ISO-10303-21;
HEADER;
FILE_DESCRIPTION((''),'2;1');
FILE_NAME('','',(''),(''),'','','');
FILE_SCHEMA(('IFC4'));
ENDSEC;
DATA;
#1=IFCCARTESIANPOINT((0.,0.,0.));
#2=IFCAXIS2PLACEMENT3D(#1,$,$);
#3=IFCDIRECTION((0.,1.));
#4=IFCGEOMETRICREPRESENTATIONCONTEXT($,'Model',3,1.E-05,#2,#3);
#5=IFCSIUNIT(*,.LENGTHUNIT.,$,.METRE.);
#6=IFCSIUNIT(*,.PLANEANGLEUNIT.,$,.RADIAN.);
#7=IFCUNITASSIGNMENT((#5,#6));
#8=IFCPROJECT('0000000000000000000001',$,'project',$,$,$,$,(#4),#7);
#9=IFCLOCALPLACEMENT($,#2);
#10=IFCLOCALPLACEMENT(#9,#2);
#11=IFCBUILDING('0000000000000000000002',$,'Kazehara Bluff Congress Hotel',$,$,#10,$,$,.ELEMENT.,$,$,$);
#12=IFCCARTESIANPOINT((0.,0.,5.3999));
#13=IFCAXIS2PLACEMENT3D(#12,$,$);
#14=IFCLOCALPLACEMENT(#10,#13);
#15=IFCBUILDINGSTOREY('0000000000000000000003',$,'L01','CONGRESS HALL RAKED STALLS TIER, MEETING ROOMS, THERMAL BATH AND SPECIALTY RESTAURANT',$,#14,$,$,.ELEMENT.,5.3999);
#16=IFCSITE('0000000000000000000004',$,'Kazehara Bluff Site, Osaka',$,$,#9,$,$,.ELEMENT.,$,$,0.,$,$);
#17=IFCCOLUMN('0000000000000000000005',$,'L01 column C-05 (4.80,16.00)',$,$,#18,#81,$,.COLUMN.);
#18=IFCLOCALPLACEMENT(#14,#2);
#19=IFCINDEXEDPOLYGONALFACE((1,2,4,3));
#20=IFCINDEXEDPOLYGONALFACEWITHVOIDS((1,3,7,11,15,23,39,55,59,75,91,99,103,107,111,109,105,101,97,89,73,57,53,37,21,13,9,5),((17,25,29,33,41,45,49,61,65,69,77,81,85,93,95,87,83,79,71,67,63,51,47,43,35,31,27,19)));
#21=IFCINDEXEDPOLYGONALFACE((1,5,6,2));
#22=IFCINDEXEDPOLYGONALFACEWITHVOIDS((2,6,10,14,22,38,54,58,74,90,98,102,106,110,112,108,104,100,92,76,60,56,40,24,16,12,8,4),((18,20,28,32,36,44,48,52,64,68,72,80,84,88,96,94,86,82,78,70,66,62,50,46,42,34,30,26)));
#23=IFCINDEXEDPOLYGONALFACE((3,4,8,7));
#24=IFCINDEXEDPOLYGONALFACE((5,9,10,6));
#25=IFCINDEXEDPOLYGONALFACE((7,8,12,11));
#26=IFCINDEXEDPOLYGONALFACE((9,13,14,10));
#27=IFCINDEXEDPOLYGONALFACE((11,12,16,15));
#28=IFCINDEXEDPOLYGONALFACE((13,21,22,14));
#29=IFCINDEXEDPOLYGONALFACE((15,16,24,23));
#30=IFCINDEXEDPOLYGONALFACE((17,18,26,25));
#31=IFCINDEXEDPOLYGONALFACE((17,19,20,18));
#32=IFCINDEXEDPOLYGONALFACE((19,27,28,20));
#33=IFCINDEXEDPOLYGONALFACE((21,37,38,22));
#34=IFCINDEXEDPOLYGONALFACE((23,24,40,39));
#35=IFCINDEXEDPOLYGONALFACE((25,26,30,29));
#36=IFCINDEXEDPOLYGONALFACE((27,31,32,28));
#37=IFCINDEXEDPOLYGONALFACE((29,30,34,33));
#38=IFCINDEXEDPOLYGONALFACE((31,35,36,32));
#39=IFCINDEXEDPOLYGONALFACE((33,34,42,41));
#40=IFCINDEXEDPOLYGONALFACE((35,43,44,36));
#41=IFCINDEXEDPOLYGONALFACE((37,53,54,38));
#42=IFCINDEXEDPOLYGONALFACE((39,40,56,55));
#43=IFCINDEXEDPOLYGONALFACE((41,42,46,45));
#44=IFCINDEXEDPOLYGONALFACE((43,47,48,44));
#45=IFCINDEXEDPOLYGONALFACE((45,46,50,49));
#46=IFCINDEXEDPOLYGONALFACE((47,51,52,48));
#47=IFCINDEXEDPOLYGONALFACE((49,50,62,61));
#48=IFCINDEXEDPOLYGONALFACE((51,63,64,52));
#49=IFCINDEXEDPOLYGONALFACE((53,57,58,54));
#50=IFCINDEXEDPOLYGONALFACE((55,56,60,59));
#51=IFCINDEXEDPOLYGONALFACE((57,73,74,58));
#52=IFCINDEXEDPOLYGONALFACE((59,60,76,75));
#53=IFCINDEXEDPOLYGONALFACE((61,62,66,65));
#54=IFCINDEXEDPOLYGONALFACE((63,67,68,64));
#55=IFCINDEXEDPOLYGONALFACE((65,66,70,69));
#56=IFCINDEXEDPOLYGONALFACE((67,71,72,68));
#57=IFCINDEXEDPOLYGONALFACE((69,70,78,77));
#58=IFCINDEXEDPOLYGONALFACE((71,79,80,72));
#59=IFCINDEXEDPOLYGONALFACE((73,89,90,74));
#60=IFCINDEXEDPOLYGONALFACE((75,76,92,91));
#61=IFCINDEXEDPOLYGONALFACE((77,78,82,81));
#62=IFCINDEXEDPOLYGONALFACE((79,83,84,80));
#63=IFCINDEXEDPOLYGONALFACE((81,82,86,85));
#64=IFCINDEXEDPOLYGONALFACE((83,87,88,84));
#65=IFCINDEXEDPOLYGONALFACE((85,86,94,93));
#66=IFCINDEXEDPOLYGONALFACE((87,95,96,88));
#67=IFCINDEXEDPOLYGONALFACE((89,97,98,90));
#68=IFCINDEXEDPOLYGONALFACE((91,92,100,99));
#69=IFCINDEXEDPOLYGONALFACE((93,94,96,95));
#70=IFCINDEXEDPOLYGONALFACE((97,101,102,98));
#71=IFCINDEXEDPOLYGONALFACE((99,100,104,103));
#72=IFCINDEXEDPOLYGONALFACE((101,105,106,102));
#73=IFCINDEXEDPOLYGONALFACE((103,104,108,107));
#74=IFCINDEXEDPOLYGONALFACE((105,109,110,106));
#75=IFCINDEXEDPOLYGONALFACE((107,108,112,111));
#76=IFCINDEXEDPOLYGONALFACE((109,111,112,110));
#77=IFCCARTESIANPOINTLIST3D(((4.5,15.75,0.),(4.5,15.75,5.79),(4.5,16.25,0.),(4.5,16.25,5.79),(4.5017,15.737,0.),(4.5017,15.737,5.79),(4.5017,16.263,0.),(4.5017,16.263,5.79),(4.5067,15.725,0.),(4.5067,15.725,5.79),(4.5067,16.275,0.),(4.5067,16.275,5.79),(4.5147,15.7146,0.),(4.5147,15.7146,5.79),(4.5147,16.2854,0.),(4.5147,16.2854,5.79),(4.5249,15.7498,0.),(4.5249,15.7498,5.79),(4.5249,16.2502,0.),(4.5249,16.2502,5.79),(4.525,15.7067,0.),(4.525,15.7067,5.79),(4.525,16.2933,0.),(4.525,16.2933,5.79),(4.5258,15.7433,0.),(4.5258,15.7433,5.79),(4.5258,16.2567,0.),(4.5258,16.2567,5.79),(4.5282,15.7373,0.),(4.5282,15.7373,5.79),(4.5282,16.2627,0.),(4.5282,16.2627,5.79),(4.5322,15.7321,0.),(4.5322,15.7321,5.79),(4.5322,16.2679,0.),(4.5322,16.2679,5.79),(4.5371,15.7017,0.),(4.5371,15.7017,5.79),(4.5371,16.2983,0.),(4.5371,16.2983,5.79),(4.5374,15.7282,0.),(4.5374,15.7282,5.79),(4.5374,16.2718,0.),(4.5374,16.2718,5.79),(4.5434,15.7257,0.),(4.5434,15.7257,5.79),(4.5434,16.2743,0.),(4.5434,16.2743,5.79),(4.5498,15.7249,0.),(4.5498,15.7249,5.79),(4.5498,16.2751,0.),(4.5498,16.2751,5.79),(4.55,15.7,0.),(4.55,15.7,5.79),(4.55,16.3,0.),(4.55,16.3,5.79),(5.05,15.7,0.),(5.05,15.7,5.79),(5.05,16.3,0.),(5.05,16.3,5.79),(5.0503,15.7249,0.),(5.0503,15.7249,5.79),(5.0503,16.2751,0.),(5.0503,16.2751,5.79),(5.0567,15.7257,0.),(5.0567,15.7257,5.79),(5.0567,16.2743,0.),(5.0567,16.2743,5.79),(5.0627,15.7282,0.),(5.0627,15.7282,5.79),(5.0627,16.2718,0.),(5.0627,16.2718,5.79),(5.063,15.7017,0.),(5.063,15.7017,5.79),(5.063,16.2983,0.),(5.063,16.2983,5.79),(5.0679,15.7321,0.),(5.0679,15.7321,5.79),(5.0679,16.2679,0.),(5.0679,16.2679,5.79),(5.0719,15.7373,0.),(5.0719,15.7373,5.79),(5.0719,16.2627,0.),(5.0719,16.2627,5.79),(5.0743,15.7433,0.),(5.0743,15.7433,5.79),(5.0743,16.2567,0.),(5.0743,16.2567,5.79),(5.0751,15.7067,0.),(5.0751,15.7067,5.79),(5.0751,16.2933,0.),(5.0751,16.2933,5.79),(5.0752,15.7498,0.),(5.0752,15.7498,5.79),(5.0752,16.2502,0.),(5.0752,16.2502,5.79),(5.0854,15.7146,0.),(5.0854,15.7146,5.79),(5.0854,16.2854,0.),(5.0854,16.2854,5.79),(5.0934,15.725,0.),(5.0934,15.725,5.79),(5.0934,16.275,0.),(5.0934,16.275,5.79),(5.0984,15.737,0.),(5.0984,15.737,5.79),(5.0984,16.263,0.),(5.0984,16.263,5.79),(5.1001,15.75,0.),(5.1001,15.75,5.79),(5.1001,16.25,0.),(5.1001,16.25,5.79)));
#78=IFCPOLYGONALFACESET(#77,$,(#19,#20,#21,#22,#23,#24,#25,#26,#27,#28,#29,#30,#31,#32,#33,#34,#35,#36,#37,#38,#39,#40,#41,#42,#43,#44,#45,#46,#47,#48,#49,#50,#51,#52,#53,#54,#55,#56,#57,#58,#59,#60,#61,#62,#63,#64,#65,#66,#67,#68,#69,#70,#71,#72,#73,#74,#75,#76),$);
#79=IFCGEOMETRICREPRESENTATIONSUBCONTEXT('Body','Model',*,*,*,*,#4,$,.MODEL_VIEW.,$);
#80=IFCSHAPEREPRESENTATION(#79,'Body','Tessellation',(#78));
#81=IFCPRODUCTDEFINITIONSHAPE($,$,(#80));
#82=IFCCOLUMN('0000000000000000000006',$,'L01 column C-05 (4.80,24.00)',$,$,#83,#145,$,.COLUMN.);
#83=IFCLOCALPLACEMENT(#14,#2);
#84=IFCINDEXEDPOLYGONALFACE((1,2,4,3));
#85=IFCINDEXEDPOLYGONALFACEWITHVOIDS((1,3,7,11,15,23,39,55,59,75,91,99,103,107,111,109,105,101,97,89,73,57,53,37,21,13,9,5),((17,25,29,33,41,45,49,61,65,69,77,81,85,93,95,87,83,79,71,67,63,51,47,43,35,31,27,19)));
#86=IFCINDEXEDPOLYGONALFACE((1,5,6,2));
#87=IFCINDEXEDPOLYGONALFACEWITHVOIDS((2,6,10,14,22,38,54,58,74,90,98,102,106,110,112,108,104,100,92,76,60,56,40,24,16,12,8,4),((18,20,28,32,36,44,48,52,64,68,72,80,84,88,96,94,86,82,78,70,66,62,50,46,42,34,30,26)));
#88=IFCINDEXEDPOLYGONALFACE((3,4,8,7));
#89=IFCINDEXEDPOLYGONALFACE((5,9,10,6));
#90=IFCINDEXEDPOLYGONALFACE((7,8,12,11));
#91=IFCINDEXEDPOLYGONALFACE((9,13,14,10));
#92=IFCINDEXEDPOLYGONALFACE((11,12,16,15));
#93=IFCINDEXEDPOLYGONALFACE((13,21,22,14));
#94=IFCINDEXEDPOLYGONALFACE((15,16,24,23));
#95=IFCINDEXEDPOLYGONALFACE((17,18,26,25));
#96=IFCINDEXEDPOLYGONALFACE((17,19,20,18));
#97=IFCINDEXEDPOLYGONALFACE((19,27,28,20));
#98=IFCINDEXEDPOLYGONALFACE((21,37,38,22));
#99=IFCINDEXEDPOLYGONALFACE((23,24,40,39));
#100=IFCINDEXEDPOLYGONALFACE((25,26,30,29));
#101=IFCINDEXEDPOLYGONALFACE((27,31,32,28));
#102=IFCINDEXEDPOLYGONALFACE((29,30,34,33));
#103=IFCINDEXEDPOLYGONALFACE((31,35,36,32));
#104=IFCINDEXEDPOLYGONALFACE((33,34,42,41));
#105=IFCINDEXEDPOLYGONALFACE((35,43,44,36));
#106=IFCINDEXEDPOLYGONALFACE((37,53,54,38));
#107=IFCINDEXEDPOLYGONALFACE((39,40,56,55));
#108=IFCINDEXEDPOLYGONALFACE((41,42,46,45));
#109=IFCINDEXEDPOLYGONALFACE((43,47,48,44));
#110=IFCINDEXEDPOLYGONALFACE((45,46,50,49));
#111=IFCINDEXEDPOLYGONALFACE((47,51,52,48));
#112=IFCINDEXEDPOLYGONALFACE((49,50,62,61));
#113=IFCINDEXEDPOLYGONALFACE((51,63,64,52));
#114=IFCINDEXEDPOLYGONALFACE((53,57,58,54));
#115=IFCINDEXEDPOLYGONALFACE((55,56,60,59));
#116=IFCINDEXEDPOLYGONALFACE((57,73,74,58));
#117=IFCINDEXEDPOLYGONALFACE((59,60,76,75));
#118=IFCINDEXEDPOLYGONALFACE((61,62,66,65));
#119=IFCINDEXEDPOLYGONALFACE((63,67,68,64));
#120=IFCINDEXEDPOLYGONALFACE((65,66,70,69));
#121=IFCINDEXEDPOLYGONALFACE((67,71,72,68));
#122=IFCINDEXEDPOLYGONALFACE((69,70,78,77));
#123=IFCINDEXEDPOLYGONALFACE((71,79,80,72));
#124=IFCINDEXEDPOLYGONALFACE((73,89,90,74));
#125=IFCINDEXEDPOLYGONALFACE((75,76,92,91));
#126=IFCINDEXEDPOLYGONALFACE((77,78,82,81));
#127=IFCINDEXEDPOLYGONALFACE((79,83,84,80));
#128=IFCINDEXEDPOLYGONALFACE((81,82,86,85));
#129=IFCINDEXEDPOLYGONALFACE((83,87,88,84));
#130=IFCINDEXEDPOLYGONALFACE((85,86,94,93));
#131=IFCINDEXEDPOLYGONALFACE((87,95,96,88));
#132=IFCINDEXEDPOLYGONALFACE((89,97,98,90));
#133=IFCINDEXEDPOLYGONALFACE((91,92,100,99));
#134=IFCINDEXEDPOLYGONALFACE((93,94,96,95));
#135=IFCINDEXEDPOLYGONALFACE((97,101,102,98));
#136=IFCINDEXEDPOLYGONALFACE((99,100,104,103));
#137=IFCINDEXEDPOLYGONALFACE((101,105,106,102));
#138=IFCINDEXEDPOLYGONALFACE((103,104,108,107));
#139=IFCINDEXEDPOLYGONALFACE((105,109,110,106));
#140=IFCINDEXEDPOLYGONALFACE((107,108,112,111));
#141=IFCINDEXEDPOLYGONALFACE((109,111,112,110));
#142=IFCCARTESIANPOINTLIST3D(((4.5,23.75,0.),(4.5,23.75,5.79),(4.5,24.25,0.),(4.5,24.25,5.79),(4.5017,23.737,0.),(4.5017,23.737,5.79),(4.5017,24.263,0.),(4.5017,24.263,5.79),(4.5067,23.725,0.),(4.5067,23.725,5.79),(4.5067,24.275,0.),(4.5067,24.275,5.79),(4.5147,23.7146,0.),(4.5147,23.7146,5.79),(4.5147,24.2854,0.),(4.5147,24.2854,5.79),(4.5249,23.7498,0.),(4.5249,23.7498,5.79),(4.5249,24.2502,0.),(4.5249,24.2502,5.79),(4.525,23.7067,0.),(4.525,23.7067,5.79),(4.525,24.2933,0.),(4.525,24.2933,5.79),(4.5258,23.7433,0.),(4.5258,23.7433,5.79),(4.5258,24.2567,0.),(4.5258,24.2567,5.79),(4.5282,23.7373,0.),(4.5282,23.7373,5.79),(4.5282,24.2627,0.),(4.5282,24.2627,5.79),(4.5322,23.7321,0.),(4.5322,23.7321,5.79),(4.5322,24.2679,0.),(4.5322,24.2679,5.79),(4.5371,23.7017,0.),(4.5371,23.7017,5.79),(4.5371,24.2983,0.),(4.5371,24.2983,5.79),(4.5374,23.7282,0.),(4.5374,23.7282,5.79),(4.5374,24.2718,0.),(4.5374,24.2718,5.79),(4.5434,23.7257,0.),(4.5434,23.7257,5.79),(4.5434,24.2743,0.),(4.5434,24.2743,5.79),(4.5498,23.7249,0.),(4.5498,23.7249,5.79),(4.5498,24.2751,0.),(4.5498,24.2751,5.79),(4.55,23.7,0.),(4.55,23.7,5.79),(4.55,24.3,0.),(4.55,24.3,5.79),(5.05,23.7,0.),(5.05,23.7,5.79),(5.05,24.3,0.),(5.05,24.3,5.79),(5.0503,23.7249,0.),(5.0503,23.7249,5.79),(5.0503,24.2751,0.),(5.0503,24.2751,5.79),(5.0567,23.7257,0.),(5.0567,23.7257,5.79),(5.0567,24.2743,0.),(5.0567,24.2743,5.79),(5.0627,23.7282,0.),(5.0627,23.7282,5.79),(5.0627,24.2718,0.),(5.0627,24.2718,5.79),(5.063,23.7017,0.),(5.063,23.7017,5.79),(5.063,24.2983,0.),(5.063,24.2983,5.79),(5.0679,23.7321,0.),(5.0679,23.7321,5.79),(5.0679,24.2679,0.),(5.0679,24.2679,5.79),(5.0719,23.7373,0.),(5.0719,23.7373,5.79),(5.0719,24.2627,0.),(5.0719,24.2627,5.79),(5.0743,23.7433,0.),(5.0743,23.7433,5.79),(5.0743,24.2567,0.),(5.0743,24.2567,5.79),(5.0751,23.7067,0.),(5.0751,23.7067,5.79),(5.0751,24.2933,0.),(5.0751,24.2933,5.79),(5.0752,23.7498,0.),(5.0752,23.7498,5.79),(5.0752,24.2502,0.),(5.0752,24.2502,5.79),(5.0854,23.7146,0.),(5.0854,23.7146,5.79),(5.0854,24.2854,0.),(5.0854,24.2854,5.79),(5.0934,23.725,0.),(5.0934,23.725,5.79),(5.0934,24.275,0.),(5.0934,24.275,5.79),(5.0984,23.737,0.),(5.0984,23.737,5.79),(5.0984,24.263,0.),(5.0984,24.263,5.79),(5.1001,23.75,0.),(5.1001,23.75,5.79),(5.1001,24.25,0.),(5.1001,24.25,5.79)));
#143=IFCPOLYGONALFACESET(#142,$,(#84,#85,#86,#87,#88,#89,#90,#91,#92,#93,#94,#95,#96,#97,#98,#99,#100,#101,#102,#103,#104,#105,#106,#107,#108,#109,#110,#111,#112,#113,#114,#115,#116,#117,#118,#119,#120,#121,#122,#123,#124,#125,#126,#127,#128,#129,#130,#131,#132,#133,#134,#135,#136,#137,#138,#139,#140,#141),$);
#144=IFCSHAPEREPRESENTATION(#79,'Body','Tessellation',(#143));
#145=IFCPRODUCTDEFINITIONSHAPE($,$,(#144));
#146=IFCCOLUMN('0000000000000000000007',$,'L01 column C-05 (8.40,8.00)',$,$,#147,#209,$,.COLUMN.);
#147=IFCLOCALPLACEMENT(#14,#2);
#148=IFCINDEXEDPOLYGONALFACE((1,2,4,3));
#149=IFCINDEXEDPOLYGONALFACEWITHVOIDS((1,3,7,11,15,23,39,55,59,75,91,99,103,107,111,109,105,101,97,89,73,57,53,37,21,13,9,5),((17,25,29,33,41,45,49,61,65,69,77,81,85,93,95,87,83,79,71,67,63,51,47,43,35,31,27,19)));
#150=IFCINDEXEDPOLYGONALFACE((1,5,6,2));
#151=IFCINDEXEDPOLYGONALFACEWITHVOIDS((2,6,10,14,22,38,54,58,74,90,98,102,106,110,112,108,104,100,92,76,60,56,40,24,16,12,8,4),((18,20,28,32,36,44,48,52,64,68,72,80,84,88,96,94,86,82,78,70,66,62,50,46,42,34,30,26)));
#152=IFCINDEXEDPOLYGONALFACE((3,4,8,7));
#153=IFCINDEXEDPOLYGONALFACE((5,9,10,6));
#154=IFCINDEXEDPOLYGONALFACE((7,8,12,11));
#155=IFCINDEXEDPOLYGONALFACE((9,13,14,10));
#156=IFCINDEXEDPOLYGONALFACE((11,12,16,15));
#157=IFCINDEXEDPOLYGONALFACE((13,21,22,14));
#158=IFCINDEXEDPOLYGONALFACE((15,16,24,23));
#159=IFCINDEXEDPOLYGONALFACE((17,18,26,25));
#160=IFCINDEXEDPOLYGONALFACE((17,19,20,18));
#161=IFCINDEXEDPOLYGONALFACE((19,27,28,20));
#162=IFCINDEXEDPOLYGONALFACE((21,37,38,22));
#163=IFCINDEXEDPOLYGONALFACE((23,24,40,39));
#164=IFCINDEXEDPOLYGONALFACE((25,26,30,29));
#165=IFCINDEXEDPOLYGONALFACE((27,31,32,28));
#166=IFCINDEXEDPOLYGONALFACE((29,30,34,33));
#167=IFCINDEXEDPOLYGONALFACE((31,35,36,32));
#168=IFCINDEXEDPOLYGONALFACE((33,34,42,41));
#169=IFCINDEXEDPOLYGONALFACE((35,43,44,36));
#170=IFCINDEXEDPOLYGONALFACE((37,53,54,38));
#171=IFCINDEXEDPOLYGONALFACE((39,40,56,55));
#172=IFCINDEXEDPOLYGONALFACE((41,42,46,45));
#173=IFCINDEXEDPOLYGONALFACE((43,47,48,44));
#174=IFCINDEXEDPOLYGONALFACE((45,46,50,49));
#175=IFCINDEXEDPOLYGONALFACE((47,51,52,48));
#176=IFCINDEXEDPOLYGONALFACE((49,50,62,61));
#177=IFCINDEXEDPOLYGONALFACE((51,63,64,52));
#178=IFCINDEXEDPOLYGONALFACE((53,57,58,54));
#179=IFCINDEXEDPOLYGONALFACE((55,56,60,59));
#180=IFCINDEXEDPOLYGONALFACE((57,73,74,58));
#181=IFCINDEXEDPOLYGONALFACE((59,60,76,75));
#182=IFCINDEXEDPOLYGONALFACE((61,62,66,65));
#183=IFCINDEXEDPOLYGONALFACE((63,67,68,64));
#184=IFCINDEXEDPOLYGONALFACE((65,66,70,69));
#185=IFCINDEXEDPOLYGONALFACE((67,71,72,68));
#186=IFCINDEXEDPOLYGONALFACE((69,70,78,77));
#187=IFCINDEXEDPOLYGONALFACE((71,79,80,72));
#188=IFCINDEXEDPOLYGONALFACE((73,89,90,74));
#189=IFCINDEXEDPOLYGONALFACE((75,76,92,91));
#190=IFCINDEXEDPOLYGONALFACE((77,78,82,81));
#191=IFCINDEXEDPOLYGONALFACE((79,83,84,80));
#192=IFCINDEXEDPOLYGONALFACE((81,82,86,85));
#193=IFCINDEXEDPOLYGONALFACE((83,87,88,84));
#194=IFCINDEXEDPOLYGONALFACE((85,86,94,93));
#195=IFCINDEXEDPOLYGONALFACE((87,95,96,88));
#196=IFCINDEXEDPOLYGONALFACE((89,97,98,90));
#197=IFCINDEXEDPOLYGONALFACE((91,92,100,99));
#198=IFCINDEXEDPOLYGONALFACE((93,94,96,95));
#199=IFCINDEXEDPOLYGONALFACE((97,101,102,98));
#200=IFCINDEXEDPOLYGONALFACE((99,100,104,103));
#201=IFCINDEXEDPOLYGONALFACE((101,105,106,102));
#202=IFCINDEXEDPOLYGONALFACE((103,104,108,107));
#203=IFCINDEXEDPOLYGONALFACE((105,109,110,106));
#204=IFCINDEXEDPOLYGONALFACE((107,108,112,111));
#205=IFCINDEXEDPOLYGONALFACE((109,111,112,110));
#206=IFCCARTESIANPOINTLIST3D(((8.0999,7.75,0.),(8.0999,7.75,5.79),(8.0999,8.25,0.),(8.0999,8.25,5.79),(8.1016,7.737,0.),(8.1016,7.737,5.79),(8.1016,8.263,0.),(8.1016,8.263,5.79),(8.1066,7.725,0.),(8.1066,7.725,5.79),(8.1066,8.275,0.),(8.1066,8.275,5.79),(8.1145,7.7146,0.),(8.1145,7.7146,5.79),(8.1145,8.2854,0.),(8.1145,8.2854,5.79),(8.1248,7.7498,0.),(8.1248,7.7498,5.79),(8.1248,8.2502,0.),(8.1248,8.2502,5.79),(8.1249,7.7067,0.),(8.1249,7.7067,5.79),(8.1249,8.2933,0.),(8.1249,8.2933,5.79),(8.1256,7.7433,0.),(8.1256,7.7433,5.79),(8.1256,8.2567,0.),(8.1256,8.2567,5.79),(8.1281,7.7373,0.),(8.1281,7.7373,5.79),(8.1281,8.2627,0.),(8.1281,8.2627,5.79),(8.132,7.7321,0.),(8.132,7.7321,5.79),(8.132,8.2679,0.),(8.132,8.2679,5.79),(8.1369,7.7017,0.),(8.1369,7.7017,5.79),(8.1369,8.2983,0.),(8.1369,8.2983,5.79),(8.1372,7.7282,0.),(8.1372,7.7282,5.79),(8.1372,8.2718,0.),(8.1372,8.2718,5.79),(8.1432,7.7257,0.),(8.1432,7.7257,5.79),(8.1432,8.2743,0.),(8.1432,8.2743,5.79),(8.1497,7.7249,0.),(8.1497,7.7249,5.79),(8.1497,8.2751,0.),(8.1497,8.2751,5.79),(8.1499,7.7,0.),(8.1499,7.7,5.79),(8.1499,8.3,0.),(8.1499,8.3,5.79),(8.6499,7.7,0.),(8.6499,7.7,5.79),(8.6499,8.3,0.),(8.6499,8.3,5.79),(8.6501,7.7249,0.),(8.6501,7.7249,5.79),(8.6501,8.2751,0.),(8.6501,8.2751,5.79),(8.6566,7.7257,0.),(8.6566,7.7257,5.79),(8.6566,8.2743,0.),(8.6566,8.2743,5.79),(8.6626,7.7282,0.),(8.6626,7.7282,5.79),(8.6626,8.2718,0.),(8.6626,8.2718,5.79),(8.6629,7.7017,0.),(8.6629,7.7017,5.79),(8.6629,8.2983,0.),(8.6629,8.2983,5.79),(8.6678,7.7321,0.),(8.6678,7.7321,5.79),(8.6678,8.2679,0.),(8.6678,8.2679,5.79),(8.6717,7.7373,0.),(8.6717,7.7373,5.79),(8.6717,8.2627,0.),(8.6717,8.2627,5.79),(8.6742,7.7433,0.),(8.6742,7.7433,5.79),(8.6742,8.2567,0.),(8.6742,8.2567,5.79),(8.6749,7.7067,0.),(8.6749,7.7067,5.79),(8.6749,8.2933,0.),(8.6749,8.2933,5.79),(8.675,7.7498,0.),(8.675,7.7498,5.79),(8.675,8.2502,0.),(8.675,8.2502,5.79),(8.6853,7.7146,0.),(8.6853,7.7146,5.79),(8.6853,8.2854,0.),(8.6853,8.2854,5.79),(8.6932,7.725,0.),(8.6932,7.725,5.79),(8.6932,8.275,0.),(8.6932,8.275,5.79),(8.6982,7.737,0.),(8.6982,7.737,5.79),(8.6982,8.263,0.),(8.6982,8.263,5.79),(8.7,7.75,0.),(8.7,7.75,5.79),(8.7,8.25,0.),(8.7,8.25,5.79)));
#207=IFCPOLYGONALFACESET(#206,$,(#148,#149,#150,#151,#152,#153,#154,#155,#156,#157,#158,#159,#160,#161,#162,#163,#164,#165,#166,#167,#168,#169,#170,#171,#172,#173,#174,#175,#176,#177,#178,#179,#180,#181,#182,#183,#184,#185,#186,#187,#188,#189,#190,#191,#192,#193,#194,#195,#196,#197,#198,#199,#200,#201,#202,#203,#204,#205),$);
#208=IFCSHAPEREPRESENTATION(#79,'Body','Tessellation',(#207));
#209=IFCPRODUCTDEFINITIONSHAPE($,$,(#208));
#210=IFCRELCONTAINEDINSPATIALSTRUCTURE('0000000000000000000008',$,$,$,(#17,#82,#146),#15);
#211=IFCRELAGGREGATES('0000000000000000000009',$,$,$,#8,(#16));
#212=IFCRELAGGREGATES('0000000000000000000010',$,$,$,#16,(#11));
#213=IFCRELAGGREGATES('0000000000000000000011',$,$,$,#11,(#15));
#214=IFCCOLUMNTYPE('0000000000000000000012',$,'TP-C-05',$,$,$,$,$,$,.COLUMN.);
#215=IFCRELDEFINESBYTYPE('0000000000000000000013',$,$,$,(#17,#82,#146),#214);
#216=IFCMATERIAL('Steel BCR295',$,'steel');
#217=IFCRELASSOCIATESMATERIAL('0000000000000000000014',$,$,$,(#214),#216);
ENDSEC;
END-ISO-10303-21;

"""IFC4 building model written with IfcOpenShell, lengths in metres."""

from ifc_helpers import new_model, si_unit, direction, frame, origin, origin_2d, place, context, subcontext, project, spatial, hollow_rectangle, extrude, material, material_profile, profile_set, type_object, element, save


model = new_model("IFC4")

# Units and contexts
model_context = context("Model", 3, precision=1e-05, world=origin(), true_north=direction((0.0, 1.0)))
body_context = subcontext(model_context, "Body", "Model", "MODEL_VIEW")
ifc_project = project(units=[si_unit("LENGTHUNIT", "METRE"), si_unit("PLANEANGLEUNIT", "RADIAN")], contexts=[model_context])

# Site, building, storey
site_placement = place(None, origin())
site = spatial("IfcSite", under=ifc_project, at=site_placement, Name="Kazehara Bluff Site, Osaka", CompositionType="ELEMENT", RefElevation=0.0)
building_placement = place(site_placement, origin())
building = spatial("IfcBuilding", under=site, at=building_placement, Name="Kazehara Bluff Congress Hotel", CompositionType="ELEMENT")
storey_placement = place(building_placement, frame((0.0, 0.0, 5.3999)))
storey = spatial("IfcBuildingStorey", under=building, at=storey_placement, Name="L01", Description="CONGRESS HALL RAKED STALLS TIER, MEETING ROOMS, THERMAL BATH AND SPECIALTY RESTAURANT", CompositionType="ELEMENT", Elevation=5.3999)

# Columns
ifc_material_1 = material(Name="Steel BCR295", Category="steel")
ifc_material_profile_1 = material_profile(ifc_material_1, hollow_rectangle(XDim=0.6001, YDim=0.6001, WallThickness=0.0249, InnerFilletRadius=0.0249, OuterFilletRadius=0.05, at=origin_2d()))
ifc_profile_set_1 = profile_set([ifc_material_profile_1], Name="Steel BCR295")
column_type = type_object("IfcColumnType", Name="TP-C-05", PredefinedType="COLUMN", material=ifc_profile_set_1)
for number, where, z_axis, x_axis, name in (
    (1, (4.8, 16.0, 0.0), (0.0, 0.0, 1.0), (1.0, 0.0, 0.0), "L01 column C-05 (4.80,16.00)"),
    (2, (4.8, 24.0, 0.0), (0.0, 0.0, 1.0), (1.0, 0.0, 0.0), "L01 column C-05 (4.80,24.00)"),
    (3, (8.3999, 8.0, 0.0), (0.0, 0.0, 1.0), (1.0, 0.0, 0.0), "L01 column C-05 (8.40,8.00)"),
):
    element("IfcColumn", number, at=place(storey_placement, frame(where, z_axis=z_axis, x_axis=x_axis)), inside=storey, type_object=column_type, Name=name, PredefinedType="COLUMN", context=body_context, shape_type="SweptSolid", body=[
        extrude(hollow_rectangle(XDim=0.6001, YDim=0.6001, WallThickness=0.0249, InnerFilletRadius=0.0249, OuterFilletRadius=0.05, at=origin_2d()), origin(), (0.0, 0.0, 1.0), 5.79),
    ])

save(model, "model.ifc")
